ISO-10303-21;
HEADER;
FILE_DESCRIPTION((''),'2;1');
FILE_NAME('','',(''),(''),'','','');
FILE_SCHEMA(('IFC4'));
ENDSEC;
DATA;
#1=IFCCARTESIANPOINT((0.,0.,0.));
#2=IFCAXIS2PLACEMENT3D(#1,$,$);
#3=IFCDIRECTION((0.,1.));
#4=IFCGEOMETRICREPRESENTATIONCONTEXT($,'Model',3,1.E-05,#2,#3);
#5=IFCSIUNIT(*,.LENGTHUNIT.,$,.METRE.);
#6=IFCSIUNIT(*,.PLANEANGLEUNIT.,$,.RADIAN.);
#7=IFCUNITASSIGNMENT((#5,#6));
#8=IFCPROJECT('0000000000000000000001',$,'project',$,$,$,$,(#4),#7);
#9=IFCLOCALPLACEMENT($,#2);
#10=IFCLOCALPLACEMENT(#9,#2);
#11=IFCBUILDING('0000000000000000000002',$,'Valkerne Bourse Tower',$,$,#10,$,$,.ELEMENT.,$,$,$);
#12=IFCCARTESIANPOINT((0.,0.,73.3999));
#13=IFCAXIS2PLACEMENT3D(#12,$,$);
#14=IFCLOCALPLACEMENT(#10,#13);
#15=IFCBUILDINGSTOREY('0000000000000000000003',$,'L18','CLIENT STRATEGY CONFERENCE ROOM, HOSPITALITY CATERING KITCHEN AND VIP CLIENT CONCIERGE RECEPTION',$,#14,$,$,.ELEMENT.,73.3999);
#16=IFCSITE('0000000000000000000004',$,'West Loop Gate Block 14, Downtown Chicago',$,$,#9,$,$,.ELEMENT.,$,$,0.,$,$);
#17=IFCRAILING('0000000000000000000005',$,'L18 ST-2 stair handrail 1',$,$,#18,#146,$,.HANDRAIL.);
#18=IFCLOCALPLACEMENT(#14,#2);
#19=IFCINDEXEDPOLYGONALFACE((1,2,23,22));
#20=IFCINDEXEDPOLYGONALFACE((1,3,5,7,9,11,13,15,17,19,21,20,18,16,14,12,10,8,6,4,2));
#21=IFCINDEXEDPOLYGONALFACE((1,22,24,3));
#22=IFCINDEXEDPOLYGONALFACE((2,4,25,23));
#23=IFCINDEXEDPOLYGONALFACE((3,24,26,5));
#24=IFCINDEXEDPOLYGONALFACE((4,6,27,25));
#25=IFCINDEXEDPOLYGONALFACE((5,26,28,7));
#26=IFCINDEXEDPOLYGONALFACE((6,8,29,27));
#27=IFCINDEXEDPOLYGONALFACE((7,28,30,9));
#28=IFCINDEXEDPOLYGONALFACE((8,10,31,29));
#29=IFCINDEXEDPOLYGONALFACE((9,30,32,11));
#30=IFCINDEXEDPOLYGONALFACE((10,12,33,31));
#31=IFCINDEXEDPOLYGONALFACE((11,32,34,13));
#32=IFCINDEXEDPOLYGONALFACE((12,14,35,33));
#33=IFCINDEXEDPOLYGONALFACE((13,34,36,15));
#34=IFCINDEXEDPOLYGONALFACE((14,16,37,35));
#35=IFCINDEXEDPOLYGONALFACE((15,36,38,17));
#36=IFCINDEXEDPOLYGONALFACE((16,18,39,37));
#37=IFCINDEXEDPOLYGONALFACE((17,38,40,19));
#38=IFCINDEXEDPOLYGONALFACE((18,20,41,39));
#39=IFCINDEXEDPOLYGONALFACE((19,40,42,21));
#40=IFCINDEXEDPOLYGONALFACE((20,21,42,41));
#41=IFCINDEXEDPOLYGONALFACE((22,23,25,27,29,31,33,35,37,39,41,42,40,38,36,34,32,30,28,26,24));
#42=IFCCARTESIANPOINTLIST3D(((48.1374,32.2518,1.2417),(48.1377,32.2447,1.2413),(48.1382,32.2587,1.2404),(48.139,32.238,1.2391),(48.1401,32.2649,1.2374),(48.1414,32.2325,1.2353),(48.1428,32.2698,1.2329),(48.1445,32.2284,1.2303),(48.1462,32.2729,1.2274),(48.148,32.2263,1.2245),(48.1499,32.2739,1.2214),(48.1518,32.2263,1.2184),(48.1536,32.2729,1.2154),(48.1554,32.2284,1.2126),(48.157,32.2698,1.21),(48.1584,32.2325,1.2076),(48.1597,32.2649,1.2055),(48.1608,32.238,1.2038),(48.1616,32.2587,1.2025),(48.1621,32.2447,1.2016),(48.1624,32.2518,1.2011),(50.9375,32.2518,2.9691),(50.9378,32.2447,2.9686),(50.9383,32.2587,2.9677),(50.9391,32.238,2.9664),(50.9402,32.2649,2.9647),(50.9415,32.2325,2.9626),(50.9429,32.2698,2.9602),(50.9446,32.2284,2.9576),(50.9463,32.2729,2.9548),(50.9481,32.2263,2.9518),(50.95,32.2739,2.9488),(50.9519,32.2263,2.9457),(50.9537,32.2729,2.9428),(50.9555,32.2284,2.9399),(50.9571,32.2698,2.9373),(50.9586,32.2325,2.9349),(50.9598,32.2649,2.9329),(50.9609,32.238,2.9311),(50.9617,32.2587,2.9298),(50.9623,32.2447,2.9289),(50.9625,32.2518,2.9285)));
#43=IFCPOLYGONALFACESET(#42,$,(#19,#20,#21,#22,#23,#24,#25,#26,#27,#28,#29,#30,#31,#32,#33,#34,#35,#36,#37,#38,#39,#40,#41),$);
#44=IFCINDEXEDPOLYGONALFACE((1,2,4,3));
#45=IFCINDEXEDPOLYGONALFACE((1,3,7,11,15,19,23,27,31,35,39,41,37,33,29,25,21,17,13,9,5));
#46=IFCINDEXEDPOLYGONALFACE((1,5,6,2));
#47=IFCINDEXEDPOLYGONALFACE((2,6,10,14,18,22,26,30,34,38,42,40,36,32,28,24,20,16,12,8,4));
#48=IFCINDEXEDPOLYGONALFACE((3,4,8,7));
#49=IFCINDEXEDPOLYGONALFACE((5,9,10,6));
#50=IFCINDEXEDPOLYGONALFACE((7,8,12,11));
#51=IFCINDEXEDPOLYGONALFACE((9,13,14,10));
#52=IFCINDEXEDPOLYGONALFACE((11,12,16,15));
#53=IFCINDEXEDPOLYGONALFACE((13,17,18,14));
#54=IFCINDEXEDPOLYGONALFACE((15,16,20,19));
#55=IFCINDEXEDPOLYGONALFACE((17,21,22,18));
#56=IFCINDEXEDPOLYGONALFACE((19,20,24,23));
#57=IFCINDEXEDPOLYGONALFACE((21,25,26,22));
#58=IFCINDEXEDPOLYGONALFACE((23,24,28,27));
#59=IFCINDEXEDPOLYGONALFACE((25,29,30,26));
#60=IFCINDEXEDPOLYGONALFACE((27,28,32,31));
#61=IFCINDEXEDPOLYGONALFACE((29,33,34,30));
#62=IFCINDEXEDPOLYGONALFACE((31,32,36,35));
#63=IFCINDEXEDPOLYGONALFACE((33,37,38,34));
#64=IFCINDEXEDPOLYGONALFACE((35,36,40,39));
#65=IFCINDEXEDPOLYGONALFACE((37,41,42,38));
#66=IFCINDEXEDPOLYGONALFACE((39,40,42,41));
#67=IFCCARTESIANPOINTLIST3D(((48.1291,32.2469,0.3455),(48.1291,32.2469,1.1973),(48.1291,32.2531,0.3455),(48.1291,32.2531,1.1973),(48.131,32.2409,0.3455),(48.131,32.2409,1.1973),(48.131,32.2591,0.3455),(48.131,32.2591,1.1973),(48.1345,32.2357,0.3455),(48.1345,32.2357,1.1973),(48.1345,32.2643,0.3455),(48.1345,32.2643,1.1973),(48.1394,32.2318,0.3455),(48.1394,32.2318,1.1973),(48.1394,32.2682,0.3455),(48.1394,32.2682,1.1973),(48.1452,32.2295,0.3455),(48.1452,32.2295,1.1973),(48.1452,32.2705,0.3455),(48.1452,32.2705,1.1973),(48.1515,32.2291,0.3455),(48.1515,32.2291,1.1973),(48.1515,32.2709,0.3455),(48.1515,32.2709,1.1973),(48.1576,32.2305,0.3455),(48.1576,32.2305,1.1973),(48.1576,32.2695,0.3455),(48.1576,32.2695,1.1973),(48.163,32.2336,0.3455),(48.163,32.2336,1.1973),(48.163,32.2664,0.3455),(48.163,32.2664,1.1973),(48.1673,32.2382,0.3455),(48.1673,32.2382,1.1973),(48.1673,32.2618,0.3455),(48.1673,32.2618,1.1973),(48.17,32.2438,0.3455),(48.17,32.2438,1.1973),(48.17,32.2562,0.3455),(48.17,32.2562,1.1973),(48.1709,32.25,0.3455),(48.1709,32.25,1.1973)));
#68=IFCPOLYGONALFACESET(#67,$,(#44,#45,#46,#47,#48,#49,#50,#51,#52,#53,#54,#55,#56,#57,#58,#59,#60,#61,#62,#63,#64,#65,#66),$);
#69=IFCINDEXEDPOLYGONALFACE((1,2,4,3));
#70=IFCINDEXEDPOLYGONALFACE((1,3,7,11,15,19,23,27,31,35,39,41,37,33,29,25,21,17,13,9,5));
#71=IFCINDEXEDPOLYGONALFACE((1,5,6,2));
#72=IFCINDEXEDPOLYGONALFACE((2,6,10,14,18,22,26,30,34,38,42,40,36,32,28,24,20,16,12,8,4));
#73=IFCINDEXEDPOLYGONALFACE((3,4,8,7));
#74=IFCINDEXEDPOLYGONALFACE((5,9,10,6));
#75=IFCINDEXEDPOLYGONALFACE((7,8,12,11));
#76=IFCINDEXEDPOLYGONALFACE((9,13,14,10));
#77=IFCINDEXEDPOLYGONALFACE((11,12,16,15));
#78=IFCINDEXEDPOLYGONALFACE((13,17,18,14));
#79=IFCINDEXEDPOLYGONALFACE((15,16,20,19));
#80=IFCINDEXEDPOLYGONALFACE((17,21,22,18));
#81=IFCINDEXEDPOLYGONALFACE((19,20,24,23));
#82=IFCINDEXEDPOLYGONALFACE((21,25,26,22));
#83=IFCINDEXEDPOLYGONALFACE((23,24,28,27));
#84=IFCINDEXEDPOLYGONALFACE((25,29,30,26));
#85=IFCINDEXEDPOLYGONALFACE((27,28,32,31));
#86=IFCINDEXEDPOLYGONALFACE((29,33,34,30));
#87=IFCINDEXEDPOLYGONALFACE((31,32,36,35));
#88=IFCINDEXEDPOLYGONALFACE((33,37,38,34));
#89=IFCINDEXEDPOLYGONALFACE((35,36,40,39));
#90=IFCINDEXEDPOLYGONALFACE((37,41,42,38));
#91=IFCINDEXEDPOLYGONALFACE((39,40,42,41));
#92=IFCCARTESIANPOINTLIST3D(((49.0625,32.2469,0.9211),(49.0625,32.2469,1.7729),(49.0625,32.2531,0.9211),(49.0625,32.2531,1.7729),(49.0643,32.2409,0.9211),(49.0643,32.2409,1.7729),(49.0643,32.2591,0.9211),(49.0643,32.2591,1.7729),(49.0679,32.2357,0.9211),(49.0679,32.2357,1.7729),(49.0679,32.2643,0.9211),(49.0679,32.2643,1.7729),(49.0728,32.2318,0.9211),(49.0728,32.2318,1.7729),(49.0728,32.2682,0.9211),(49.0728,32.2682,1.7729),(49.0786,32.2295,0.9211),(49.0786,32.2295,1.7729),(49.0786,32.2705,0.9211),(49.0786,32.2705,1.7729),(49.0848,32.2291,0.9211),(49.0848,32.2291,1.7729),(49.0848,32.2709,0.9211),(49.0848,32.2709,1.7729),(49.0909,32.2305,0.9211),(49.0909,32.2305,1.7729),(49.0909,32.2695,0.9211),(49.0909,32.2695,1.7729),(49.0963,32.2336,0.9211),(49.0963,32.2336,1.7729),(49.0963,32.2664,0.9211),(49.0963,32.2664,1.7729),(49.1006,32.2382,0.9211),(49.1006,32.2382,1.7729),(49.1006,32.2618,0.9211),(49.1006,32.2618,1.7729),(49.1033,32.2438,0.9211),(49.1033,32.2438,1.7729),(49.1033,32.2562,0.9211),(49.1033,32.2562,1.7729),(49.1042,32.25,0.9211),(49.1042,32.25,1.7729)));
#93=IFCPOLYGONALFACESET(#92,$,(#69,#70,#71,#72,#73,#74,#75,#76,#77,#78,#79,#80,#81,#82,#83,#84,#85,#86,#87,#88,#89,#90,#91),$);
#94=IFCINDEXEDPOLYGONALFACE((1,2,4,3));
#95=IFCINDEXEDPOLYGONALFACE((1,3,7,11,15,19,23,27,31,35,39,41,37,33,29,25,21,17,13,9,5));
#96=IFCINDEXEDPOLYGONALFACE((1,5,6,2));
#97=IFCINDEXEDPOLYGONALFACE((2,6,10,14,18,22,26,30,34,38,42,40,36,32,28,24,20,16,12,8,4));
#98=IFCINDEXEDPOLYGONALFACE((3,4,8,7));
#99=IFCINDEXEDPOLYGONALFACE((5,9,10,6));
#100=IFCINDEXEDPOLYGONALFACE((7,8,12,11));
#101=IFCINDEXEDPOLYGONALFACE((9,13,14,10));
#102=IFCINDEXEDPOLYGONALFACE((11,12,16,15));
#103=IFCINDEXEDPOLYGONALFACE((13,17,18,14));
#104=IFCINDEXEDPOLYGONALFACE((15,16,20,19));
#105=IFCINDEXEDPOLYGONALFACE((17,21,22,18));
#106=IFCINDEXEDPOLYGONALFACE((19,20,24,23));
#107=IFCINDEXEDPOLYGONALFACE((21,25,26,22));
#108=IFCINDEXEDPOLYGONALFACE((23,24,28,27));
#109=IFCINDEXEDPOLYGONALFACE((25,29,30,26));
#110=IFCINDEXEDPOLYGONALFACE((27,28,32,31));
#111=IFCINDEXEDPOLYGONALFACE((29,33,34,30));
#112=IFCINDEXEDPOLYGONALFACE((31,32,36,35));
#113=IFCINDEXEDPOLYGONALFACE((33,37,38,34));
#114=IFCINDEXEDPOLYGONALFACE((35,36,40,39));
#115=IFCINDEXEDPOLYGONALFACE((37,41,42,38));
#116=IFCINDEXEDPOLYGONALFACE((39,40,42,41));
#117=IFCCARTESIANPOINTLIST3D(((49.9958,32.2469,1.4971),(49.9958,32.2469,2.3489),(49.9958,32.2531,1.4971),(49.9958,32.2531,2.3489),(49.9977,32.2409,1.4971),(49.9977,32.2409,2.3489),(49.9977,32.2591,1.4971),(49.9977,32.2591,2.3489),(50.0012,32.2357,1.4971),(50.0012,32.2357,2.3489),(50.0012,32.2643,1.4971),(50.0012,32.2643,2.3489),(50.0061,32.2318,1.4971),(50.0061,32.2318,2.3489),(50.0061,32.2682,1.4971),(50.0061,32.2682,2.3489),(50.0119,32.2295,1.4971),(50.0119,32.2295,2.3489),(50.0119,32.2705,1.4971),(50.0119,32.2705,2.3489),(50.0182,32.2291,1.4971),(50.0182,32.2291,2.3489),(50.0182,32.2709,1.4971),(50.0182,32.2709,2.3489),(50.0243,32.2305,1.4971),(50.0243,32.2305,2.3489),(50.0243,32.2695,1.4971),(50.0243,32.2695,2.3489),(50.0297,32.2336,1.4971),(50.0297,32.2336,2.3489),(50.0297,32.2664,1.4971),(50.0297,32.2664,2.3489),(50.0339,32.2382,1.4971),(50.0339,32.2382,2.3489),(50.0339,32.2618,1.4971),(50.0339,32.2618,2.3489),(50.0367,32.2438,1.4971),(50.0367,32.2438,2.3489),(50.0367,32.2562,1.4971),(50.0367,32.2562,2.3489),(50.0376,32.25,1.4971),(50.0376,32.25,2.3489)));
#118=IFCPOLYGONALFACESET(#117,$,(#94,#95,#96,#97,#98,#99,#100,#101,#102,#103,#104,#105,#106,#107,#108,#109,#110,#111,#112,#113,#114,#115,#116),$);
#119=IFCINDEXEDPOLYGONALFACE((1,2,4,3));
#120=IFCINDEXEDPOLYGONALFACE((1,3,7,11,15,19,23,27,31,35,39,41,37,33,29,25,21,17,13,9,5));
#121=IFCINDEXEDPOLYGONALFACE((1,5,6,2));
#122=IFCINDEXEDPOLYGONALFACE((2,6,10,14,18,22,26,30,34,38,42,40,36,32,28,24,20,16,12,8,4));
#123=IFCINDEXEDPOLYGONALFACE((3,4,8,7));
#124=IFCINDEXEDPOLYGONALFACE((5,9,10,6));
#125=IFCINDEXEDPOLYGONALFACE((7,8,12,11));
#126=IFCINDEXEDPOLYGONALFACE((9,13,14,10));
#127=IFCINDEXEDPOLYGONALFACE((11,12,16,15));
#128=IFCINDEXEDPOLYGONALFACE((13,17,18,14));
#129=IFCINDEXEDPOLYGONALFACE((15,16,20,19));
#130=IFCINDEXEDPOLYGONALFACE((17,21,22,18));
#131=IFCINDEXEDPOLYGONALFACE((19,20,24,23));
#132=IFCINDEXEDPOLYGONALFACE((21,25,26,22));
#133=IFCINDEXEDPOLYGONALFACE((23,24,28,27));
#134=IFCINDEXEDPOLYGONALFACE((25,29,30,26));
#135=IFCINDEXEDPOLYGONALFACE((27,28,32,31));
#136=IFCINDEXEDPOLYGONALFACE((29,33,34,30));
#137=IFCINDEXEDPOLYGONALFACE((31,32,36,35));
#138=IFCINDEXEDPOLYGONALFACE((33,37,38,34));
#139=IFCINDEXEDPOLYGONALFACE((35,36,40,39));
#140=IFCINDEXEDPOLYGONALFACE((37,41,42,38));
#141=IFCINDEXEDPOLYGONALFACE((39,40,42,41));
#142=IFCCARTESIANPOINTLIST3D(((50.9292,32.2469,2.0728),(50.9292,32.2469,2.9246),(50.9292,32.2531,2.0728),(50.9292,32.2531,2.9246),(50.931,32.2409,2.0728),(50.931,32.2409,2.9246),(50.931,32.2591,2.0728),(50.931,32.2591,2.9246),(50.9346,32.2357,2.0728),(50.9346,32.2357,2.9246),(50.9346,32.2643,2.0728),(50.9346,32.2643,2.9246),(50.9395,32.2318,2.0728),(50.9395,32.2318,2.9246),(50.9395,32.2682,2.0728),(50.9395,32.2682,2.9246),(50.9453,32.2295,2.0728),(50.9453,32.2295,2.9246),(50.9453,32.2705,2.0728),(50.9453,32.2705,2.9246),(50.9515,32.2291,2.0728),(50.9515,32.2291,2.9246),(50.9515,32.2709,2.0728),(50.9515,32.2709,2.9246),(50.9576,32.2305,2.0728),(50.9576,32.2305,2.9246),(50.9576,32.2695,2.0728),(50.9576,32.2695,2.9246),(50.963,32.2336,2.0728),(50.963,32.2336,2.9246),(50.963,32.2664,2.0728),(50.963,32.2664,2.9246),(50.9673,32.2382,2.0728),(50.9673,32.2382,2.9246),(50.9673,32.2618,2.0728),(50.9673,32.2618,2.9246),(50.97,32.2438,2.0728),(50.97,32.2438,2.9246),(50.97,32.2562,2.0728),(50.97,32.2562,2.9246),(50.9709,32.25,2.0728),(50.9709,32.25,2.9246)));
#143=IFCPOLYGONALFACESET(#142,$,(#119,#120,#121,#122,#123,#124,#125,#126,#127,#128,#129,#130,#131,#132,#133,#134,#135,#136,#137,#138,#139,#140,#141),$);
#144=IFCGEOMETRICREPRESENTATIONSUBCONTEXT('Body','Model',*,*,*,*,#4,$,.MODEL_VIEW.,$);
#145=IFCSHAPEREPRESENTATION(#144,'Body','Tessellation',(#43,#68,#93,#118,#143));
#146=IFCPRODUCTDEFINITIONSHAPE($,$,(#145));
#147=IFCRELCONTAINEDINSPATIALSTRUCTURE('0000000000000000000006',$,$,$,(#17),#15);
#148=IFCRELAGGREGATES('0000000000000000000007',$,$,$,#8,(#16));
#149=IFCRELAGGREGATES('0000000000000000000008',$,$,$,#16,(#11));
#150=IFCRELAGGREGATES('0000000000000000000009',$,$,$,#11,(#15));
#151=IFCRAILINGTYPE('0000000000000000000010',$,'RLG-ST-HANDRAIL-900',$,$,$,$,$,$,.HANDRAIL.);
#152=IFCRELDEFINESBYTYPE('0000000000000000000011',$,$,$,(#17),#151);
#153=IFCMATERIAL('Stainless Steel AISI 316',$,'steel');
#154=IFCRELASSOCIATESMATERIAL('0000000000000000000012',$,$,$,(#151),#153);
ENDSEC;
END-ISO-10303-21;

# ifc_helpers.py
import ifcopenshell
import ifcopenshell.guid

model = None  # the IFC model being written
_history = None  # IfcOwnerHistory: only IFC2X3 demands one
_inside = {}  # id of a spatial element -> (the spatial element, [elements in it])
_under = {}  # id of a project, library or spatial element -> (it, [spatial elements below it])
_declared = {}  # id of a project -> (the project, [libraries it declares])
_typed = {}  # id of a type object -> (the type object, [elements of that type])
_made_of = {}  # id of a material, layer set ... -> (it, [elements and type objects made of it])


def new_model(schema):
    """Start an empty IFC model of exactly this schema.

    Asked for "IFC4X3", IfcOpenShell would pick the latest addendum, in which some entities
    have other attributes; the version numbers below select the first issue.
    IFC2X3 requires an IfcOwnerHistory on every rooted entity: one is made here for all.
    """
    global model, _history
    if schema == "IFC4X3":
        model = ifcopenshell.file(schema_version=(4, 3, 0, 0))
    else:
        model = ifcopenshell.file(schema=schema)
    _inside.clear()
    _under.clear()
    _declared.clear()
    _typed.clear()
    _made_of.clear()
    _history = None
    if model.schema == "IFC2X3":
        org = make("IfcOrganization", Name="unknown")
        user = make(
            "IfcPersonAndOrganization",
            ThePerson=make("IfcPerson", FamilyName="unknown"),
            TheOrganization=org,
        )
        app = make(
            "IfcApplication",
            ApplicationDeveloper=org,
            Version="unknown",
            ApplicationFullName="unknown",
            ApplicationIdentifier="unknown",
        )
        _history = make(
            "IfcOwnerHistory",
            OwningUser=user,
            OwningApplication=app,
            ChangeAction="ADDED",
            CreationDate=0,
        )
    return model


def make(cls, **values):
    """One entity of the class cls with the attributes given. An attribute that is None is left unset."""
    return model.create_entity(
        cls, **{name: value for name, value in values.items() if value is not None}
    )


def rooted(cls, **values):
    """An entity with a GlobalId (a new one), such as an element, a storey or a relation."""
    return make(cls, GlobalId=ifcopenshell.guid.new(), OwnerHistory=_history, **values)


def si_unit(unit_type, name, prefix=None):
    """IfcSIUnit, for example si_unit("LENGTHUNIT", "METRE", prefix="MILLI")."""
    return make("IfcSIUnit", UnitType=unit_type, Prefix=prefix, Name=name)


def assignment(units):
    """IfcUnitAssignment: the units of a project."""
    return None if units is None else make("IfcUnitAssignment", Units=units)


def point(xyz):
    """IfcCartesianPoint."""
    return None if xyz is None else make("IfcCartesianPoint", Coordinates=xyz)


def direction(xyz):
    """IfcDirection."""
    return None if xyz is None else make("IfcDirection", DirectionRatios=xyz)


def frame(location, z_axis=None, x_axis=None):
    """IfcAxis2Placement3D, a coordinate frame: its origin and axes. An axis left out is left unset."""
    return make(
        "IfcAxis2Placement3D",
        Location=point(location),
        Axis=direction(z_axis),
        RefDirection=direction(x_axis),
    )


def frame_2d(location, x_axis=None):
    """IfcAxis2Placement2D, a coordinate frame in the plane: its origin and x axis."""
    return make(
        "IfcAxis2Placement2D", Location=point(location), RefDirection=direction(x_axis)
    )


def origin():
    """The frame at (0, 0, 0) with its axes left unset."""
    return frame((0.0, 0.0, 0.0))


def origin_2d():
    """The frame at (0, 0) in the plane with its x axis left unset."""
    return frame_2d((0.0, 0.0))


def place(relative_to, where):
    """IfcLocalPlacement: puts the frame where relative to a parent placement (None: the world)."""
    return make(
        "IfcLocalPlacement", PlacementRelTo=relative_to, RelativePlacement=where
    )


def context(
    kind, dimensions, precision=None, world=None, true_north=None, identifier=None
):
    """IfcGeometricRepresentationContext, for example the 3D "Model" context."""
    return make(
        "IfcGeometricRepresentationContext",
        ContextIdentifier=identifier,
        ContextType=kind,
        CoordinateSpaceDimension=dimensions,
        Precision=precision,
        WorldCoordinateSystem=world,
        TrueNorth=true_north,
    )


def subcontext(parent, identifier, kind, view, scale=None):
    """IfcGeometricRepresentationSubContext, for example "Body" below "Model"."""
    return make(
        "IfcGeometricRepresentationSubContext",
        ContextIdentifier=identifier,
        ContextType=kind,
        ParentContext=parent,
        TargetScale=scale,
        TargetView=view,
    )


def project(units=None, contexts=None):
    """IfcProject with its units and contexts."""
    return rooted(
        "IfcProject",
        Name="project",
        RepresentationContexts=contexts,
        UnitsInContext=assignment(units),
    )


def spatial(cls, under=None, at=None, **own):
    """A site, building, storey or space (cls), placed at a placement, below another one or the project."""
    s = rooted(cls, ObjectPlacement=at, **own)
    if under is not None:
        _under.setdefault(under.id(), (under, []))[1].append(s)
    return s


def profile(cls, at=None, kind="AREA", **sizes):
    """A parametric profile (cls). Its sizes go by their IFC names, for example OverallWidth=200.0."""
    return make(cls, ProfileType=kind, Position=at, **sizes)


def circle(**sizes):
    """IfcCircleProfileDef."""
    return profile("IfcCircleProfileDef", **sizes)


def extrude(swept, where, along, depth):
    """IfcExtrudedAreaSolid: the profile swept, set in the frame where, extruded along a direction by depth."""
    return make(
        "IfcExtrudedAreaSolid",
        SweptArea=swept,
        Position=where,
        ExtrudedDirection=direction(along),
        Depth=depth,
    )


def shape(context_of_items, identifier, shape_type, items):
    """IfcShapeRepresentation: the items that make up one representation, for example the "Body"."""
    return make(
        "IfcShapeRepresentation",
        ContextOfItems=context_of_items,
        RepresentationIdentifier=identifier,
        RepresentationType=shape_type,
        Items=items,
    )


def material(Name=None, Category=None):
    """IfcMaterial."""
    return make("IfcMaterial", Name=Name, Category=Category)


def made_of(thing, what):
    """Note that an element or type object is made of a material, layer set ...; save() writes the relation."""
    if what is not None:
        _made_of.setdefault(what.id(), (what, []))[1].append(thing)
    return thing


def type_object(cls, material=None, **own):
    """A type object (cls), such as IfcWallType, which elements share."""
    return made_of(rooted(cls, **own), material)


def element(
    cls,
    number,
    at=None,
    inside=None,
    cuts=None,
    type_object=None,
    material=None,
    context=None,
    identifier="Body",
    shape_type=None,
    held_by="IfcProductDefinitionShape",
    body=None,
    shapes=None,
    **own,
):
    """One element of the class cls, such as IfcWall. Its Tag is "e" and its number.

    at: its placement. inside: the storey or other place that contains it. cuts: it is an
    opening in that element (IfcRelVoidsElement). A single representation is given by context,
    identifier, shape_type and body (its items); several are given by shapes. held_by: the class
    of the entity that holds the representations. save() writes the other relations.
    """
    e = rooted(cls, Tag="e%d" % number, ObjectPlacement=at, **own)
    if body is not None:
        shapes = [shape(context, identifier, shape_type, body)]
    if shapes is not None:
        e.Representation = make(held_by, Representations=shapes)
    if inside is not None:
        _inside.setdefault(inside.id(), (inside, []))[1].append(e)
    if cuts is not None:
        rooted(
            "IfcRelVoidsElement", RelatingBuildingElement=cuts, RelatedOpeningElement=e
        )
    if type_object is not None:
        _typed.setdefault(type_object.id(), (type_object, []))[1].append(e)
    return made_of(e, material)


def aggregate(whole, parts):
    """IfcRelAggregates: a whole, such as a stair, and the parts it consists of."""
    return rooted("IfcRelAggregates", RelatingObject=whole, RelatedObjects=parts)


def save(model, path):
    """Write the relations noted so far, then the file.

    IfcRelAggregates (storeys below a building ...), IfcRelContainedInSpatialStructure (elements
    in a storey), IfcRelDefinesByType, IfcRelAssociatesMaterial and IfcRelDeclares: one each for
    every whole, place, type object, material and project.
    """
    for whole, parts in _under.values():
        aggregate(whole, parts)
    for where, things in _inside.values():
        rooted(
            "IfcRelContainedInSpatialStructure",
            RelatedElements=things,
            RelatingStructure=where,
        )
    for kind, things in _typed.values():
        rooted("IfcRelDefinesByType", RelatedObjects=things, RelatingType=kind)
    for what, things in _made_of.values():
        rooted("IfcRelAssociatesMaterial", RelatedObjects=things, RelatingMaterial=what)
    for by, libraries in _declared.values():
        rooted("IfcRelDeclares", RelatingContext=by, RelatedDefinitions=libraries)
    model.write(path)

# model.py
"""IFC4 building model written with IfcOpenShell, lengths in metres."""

from ifc_helpers import new_model, si_unit, direction, frame, origin, origin_2d, place, context, subcontext, project, spatial, circle, extrude, material, type_object, element, save


model = new_model("IFC4")

# Units and contexts
model_context = context("Model", 3, precision=1e-05, world=origin(), true_north=direction((0.0, 1.0)))
body_context = subcontext(model_context, "Body", "Model", "MODEL_VIEW")
ifc_project = project(units=[si_unit("LENGTHUNIT", "METRE"), si_unit("PLANEANGLEUNIT", "RADIAN")], contexts=[model_context])

# Site, building, storey
site_placement = place(None, origin())
site = spatial("IfcSite", under=ifc_project, at=site_placement, Name="West Loop Gate Block 14, Downtown Chicago", CompositionType="ELEMENT", RefElevation=0.0)
building_placement = place(site_placement, origin())
building = spatial("IfcBuilding", under=site, at=building_placement, Name="Valkerne Bourse Tower", CompositionType="ELEMENT")
storey_placement = place(building_placement, frame((0.0, 0.0, 73.3999)))
storey = spatial("IfcBuildingStorey", under=building, at=storey_placement, Name="L18", Description="CLIENT STRATEGY CONFERENCE ROOM, HOSPITALITY CATERING KITCHEN AND VIP CLIENT CONCIERGE RECEPTION", CompositionType="ELEMENT", Elevation=73.3999)

# Shared definitions
ifc_material_1 = material(Name="Stainless Steel AISI 316", Category="steel")

# Railing
railing_type_1 = type_object("IfcRailingType", Name="RLG-ST-HANDRAIL-900", PredefinedType="HANDRAIL", material=ifc_material_1)
railing_1_placement = place(storey_placement, frame((48.1499, 32.25, 0.3455)))
element("IfcRailing", 1, at=railing_1_placement, inside=storey, type_object=railing_type_1, Name="L18 ST-2 stair handrail 1", PredefinedType="HANDRAIL", context=body_context, shape_type="SweptSolid", body=[
    extrude(circle(Radius=0.0239, at=origin_2d()), frame((0.0, 0.0, 0.876), z_axis=(0.85109, 0.0, 0.52502), x_axis=(0.0, 1.0, 0.0)), (0.0, 0.0, 1.0), 3.29),
    extrude(circle(Radius=0.021, at=origin_2d()), origin(), (0.0, 0.0, 1.0), 0.8518),
    extrude(circle(Radius=0.021, at=origin_2d()), frame((0.9333, 0.0, 0.5757)), (0.0, 0.0, 1.0), 0.8518),
    extrude(circle(Radius=0.021, at=origin_2d()), frame((1.8667, 0.0, 1.1516)), (0.0, 0.0, 1.0), 0.8518),
    extrude(circle(Radius=0.021, at=origin_2d()), frame((2.8, 0.0, 1.7273)), (0.0, 0.0, 1.0), 0.8518),
])

save(model, "model.ifc")
